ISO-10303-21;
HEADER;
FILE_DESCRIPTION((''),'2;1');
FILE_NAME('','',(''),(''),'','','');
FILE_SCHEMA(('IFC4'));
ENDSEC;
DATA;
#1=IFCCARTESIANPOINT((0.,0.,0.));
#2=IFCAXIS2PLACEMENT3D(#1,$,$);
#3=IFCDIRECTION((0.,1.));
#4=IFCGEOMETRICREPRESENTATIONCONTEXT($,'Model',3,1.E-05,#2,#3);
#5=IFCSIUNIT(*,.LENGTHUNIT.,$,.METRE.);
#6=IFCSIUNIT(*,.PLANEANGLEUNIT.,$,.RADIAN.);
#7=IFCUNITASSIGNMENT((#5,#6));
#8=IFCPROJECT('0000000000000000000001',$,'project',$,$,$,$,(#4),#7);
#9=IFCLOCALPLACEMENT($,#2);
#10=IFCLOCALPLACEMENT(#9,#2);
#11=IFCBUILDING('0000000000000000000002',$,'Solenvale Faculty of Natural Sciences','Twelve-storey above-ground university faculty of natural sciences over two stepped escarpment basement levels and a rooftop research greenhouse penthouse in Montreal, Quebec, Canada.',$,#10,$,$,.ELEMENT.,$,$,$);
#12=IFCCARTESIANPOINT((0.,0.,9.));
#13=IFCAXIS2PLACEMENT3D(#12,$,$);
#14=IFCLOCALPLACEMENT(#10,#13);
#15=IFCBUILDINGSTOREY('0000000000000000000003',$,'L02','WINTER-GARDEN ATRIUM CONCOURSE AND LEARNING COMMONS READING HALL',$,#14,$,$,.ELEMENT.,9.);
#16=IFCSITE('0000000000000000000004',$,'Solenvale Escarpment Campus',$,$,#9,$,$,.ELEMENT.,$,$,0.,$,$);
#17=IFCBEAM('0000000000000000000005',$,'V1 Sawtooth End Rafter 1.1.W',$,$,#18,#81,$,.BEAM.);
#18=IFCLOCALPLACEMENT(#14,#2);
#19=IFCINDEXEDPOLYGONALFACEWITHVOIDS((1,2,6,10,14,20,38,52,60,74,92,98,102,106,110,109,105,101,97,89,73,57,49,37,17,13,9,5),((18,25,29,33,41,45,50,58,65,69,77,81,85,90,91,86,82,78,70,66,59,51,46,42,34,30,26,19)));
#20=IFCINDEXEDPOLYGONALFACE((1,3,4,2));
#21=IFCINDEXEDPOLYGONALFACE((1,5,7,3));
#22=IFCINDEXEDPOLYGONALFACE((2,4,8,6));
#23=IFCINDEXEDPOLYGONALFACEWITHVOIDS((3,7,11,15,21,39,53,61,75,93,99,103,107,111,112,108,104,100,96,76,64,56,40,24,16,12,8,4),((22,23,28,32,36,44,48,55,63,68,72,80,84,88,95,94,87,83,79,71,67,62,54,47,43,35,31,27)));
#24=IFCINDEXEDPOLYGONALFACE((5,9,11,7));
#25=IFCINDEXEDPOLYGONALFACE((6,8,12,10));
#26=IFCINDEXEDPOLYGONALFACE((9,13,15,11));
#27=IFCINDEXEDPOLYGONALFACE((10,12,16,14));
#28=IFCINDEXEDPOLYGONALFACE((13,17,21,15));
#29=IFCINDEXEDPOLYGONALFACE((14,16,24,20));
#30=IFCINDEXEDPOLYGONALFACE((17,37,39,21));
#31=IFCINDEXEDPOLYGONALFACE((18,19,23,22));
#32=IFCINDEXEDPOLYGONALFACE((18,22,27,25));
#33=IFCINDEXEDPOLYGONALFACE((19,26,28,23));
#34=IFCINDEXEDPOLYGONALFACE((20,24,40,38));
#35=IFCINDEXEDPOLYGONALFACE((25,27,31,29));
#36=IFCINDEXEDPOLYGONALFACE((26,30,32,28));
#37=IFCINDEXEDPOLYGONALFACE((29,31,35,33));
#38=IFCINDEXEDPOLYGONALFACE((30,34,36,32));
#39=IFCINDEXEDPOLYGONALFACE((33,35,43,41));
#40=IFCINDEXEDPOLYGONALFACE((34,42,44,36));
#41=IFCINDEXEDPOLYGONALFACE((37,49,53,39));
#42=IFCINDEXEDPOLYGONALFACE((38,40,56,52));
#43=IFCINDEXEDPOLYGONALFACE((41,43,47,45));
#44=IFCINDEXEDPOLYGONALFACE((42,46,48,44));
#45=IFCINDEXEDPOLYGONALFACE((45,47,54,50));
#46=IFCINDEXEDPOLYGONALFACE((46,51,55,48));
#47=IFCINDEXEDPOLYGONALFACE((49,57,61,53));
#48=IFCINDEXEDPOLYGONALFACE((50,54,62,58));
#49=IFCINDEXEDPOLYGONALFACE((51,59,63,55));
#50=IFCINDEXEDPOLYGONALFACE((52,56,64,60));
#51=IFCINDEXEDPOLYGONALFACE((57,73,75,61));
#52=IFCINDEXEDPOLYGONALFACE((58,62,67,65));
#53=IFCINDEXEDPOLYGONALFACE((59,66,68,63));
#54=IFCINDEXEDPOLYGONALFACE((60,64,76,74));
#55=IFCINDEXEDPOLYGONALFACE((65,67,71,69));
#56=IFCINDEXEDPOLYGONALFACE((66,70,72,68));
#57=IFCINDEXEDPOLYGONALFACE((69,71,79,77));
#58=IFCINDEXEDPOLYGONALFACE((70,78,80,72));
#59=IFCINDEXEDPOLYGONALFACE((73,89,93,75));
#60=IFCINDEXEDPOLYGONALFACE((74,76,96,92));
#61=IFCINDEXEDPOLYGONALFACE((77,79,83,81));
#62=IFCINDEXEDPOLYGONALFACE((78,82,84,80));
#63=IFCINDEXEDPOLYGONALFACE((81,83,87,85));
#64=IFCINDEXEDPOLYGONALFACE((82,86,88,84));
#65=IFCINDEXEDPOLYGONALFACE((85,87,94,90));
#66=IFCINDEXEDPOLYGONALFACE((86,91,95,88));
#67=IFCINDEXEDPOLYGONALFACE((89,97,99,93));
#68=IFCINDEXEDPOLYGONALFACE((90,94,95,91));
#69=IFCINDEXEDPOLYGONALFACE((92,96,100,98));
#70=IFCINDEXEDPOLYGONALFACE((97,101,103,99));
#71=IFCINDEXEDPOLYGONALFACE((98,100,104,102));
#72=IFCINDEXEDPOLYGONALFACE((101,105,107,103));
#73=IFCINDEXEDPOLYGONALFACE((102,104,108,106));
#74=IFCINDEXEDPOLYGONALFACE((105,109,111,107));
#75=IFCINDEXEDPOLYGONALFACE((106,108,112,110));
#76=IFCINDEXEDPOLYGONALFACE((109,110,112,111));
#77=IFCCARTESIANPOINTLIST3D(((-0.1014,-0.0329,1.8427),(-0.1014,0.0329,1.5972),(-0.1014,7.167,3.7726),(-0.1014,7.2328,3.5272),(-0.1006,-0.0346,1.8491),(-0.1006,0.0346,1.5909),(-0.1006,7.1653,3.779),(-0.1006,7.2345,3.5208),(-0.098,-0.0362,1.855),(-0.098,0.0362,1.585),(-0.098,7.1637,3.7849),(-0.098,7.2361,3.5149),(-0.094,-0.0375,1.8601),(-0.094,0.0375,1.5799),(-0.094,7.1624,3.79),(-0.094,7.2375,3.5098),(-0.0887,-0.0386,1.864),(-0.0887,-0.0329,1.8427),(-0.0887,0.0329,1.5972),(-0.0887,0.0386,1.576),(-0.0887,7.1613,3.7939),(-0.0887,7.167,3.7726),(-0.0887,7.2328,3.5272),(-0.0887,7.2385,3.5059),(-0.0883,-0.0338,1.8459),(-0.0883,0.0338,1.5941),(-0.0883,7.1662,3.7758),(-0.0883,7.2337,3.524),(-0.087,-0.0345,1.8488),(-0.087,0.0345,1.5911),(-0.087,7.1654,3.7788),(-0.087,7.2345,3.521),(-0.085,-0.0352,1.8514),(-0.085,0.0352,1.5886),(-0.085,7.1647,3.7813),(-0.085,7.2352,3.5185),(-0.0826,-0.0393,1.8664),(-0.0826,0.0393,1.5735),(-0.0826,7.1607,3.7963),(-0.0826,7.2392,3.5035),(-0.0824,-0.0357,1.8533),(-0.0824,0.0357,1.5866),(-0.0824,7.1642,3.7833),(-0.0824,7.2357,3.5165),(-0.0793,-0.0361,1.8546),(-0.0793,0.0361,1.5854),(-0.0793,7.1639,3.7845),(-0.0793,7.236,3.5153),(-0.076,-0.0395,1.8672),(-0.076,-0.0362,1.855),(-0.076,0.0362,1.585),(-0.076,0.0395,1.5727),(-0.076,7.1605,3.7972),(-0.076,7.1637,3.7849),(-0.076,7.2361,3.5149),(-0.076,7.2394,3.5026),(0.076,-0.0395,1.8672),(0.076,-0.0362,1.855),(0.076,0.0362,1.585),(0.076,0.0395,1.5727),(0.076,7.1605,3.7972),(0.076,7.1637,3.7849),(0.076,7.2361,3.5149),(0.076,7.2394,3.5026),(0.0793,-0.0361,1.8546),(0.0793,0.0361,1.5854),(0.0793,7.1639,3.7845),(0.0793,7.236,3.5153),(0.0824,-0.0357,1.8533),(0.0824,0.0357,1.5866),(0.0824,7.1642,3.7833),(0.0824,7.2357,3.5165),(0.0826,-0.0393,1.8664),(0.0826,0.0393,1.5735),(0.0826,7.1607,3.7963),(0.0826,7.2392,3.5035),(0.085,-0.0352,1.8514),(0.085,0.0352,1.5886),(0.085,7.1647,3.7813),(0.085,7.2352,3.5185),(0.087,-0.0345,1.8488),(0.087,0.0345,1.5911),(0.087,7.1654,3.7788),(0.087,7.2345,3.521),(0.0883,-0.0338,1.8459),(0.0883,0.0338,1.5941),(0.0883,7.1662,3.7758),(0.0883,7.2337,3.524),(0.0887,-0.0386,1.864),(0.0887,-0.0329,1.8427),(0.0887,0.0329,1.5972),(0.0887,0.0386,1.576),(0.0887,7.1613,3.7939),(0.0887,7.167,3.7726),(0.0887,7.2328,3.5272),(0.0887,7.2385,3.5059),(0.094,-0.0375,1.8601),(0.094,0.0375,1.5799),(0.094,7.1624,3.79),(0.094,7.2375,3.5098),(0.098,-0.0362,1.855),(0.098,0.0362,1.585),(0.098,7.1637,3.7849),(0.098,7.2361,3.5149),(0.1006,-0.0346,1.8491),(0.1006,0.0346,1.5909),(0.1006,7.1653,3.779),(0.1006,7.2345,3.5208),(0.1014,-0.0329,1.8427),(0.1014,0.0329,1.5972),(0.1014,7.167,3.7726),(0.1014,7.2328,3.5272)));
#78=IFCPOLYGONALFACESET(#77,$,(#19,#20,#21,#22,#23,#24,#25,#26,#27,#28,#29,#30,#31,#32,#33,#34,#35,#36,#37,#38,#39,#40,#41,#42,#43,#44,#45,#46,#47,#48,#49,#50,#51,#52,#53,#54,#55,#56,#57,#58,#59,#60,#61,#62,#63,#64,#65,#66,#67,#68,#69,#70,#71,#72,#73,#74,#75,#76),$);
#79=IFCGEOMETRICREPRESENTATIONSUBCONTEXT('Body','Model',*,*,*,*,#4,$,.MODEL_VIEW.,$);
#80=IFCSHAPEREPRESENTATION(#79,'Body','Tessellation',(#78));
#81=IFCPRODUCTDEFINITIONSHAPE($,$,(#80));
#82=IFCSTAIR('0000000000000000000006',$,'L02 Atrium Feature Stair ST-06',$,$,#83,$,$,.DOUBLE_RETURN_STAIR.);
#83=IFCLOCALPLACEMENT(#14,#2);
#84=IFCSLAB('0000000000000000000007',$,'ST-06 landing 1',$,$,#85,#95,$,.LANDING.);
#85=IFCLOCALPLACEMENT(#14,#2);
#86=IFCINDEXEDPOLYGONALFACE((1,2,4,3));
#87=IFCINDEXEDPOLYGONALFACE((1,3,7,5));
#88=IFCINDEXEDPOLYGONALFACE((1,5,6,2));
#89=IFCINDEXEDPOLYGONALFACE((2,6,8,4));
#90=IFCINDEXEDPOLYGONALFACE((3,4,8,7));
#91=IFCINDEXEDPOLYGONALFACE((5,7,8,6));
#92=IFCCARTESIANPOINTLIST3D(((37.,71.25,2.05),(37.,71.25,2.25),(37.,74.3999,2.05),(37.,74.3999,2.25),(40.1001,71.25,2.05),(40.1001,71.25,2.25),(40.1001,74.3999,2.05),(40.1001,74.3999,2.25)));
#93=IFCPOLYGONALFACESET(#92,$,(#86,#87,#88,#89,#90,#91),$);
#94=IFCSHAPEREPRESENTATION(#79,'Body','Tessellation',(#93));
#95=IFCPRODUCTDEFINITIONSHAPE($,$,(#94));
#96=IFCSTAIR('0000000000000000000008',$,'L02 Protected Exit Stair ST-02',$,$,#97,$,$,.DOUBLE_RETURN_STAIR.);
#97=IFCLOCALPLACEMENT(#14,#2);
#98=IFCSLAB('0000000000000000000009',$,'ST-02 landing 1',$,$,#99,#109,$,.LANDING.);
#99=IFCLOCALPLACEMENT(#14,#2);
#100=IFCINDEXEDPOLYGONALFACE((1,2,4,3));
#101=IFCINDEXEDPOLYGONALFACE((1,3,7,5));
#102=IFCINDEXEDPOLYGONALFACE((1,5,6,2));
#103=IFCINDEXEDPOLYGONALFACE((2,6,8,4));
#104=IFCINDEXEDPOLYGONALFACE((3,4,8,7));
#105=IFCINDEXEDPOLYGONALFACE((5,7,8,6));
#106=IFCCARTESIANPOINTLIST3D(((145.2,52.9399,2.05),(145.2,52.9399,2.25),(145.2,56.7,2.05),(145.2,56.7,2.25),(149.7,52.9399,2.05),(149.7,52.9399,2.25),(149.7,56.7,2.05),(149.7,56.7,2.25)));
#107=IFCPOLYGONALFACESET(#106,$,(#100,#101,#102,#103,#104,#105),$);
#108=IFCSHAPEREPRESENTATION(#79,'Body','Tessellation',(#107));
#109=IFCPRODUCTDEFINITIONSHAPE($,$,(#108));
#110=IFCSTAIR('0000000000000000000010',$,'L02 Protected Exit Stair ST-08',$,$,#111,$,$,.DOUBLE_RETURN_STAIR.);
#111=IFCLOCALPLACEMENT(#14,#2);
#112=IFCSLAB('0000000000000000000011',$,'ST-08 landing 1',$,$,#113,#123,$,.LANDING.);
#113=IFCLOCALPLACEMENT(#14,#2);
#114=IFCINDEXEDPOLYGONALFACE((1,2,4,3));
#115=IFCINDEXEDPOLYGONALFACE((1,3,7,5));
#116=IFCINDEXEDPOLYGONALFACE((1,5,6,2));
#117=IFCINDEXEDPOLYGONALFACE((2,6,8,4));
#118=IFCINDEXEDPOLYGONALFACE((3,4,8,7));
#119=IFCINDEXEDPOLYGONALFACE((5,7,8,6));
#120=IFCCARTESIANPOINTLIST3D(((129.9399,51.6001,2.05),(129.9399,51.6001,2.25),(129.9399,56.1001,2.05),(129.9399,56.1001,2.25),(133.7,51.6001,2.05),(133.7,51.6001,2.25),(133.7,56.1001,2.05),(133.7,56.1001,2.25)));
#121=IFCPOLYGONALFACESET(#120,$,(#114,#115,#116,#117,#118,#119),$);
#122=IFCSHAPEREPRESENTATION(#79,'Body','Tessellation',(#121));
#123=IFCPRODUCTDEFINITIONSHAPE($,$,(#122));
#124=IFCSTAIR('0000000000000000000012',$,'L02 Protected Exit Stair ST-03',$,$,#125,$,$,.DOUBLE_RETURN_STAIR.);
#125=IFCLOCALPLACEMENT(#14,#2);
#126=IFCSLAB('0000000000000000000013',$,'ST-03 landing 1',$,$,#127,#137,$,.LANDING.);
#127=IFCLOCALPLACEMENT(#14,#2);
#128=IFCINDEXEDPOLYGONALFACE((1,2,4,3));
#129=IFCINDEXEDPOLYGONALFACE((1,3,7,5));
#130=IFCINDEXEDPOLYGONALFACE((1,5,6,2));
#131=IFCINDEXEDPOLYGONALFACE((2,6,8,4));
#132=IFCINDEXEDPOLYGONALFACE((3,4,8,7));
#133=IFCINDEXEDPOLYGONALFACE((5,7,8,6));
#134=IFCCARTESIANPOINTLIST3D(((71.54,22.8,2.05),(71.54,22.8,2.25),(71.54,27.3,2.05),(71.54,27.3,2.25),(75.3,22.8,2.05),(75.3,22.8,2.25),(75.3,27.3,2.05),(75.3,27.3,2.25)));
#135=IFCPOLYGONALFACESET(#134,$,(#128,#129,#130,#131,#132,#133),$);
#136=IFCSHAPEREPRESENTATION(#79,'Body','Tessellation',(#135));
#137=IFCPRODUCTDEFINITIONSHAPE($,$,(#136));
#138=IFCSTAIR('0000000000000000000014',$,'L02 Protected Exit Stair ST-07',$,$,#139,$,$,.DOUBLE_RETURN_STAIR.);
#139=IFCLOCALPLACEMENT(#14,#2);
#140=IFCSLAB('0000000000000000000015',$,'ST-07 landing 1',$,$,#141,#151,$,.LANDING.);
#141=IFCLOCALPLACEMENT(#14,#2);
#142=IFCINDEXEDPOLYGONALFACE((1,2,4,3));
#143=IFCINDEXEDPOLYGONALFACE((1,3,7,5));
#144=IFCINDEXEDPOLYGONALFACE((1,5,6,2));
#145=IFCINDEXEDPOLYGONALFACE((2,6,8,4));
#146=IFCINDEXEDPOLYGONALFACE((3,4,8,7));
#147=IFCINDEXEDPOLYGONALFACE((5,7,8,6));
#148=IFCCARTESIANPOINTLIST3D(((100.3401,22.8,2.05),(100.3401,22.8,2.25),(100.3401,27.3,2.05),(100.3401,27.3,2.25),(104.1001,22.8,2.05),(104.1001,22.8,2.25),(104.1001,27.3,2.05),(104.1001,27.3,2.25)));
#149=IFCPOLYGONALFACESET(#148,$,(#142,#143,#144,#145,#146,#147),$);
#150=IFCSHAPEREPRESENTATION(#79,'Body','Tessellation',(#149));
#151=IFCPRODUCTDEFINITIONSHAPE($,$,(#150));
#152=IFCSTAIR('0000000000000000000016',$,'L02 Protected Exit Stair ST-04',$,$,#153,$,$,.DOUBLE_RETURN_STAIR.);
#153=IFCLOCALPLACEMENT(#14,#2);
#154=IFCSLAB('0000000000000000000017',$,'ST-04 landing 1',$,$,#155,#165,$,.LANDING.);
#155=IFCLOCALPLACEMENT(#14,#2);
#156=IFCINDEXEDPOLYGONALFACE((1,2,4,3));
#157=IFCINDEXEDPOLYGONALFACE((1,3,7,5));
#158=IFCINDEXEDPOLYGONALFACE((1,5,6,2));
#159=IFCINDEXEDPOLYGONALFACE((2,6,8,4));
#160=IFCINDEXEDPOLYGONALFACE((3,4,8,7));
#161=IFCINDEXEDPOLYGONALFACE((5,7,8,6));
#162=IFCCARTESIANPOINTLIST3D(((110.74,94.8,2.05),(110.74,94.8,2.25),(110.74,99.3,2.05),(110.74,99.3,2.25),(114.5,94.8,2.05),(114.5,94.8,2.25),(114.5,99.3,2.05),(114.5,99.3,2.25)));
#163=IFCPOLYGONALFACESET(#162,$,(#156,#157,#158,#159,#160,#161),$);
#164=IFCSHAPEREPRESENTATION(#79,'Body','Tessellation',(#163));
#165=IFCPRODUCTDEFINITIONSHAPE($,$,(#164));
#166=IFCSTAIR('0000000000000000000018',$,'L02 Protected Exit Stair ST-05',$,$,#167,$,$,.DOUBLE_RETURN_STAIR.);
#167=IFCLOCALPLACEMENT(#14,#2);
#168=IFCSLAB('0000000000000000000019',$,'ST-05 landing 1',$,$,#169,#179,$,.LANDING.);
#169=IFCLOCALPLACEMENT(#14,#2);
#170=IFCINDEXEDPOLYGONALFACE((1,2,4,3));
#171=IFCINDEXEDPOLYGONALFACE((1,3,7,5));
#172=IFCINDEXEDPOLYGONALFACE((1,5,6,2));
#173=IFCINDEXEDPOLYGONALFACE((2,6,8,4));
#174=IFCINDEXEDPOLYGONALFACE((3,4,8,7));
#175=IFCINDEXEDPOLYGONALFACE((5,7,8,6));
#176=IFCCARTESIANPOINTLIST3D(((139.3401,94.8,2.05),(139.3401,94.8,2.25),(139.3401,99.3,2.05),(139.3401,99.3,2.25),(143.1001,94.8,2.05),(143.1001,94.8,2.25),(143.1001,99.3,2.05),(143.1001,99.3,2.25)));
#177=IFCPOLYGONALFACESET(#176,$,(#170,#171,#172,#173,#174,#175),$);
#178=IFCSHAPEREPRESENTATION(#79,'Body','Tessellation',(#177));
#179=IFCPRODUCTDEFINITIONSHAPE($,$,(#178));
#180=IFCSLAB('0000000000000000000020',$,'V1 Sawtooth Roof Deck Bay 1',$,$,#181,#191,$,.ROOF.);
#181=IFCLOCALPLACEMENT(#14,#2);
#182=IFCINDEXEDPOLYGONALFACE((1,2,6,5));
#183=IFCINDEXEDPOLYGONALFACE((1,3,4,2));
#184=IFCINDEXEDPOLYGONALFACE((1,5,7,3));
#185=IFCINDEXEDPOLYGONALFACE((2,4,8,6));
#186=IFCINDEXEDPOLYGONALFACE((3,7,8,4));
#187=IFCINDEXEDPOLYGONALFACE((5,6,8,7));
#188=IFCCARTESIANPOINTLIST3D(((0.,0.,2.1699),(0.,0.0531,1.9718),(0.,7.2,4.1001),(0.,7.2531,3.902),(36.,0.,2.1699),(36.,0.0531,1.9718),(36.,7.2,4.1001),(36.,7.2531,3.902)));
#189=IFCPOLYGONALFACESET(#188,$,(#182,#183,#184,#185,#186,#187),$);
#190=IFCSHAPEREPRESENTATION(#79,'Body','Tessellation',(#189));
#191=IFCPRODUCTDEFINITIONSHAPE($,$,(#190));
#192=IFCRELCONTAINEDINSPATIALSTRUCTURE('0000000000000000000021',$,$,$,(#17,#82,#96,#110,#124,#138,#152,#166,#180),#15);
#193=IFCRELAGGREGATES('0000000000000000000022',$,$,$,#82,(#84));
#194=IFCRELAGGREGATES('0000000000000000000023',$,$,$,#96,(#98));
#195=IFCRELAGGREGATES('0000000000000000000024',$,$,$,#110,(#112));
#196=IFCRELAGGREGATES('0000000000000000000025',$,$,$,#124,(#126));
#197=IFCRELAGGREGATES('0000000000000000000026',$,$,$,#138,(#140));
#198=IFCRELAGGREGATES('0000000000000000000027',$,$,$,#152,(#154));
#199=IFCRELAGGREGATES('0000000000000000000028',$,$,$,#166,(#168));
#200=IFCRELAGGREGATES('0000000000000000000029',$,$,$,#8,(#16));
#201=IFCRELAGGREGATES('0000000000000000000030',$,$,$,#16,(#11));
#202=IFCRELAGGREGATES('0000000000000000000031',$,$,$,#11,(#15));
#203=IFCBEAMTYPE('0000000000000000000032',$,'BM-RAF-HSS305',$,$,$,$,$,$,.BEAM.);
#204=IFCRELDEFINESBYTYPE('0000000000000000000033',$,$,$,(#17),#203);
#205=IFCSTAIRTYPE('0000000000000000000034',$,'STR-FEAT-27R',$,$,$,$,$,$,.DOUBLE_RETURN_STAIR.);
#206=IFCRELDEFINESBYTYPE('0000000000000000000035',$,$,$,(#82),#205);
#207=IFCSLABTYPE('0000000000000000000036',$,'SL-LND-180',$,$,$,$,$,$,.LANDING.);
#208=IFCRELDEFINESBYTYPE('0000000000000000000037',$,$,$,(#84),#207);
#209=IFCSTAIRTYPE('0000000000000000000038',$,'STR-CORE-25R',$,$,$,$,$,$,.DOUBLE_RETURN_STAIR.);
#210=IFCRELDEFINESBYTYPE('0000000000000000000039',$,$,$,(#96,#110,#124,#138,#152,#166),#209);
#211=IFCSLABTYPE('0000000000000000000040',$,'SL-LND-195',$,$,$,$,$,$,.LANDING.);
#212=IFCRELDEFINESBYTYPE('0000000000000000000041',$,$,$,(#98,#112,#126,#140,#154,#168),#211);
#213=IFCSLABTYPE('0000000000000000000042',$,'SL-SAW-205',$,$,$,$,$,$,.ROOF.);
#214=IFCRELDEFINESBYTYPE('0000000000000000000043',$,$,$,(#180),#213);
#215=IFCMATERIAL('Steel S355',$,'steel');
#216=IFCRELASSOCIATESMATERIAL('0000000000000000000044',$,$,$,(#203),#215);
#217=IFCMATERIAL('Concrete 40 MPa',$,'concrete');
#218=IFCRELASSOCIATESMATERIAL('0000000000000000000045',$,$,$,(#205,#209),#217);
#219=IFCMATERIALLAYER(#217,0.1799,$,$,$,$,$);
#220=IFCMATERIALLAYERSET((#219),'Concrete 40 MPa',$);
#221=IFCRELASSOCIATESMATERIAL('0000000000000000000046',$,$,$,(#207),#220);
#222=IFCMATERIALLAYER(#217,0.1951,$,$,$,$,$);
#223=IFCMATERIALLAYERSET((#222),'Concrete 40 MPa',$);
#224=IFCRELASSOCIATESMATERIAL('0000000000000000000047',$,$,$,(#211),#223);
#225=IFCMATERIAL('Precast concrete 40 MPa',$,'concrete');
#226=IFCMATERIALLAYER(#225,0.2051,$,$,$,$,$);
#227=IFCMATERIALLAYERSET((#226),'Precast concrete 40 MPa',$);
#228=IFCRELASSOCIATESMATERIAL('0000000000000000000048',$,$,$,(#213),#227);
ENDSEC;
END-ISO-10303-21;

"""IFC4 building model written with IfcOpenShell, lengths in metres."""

from ifc_helpers import new_model, si_unit, direction, frame, origin, origin_2d, place, context, subcontext, project, spatial, polyline, hollow_rectangle, outline, extrude, material, layer, layer_set, material_profile, profile_set, type_object, element, aggregate, save


model = new_model("IFC4")

# Units and contexts
model_context = context("Model", 3, precision=1e-05, world=origin(), true_north=direction((0.0, 1.0)))
body_context = subcontext(model_context, "Body", "Model", "MODEL_VIEW")
ifc_project = project(units=[si_unit("LENGTHUNIT", "METRE"), si_unit("PLANEANGLEUNIT", "RADIAN")], contexts=[model_context])

# Site, building, storey
site_placement = place(None, origin())
site = spatial("IfcSite", under=ifc_project, at=site_placement, Name="Solenvale Escarpment Campus", CompositionType="ELEMENT", RefElevation=0.0)
building_placement = place(site_placement, origin())
building = spatial("IfcBuilding", under=site, at=building_placement, Name="Solenvale Faculty of Natural Sciences", Description="Twelve-storey above-ground university faculty of natural sciences over two stepped escarpment basement levels and a rooftop research greenhouse penthouse in Montreal, Quebec, Canada.", CompositionType="ELEMENT")
storey_placement = place(building_placement, frame((0.0, 0.0, 9.0)))
storey = spatial("IfcBuildingStorey", under=building, at=storey_placement, Name="L02", Description="WINTER-GARDEN ATRIUM CONCOURSE AND LEARNING COMMONS READING HALL", CompositionType="ELEMENT", Elevation=9.0)

# Beam
ifc_material_1 = material(Name="Steel S355", Category="steel")
ifc_material_profile = material_profile(ifc_material_1, hollow_rectangle(XDim=0.2029, YDim=0.3049, WallThickness=0.0127, InnerFilletRadius=0.0127, OuterFilletRadius=0.0254, at=origin_2d()), Name="HSS305x203x13")
ifc_profile_set = profile_set([ifc_material_profile], Name="Steel S355")
beam_type = type_object("IfcBeamType", Name="BM-RAF-HSS305", PredefinedType="BEAM", material=ifc_profile_set)
beam_placement = place(storey_placement, frame((0.0, 0.0, 1.72), z_axis=(0.0, 0.965902, 0.258908), x_axis=(-1.0, 0.0, 0.0)))
element("IfcBeam", 1, at=beam_placement, inside=storey, type_object=beam_type, Name="V1 Sawtooth End Rafter 1.1.W", PredefinedType="BEAM", context=body_context, shape_type="SweptSolid", body=[
    extrude(hollow_rectangle(XDim=0.2029, YDim=0.3049, WallThickness=0.0127, InnerFilletRadius=0.0127, OuterFilletRadius=0.0254, at=origin_2d()), origin(), (0.0, 0.0, 1.0), 7.4541),
])

# Stairs, slabs
ifc_material_2 = material(Name="Concrete 40 MPa", Category="concrete")
stair_type_1 = type_object("IfcStairType", Name="STR-FEAT-27R", PredefinedType="DOUBLE_RETURN_STAIR", material=ifc_material_2)
stair_1_placement = place(storey_placement, origin())
stair_1 = element("IfcStair", 2, at=stair_1_placement, inside=storey, type_object=stair_type_1, Name="L02 Atrium Feature Stair ST-06", PredefinedType="DOUBLE_RETURN_STAIR")
ifc_layer_1 = layer(ifc_material_2, 0.1799)
ifc_layer_set_1 = layer_set([ifc_layer_1], Name="Concrete 40 MPa")
slab_type_1 = type_object("IfcSlabType", Name="SL-LND-180", PredefinedType="LANDING", material=ifc_layer_set_1)
slab_1_placement = place(storey_placement, frame((0.0, 0.0, 2.05)))
slab_1 = element("IfcSlab", 3, at=slab_1_placement, type_object=slab_type_1, Name="ST-06 landing 1", PredefinedType="LANDING", context=body_context, shape_type="SweptSolid", body=[
    extrude(outline(polyline([(40.1001, 71.25), (40.1001, 74.3999), (37.0, 74.3999), (37.0, 71.25), (40.1001, 71.25)])), origin(), (0.0, 0.0, 1.0), 0.2),
])
aggregate(stair_1, [slab_1])
stair_type_2 = type_object("IfcStairType", Name="STR-CORE-25R", PredefinedType="DOUBLE_RETURN_STAIR", material=ifc_material_2)
stair_2_placement = place(storey_placement, origin())
stair_2 = element("IfcStair", 4, at=stair_2_placement, inside=storey, type_object=stair_type_2, Name="L02 Protected Exit Stair ST-02", PredefinedType="DOUBLE_RETURN_STAIR")
ifc_layer_2 = layer(ifc_material_2, 0.1951)
ifc_layer_set_2 = layer_set([ifc_layer_2], Name="Concrete 40 MPa")
slab_type_2 = type_object("IfcSlabType", Name="SL-LND-195", PredefinedType="LANDING", material=ifc_layer_set_2)
slab_2_placement = place(storey_placement, frame((0.0, 0.0, 2.05)))
slab_2 = element("IfcSlab", 5, at=slab_2_placement, type_object=slab_type_2, Name="ST-02 landing 1", PredefinedType="LANDING", context=body_context, shape_type="SweptSolid", body=[
    extrude(outline(polyline([(149.7, 52.9399), (149.7, 56.7), (145.2, 56.7), (145.2, 52.9399), (149.7, 52.9399)])), origin(), (0.0, 0.0, 1.0), 0.2),
])
aggregate(stair_2, [slab_2])
stair_3_placement = place(storey_placement, origin())
stair_3 = element("IfcStair", 6, at=stair_3_placement, inside=storey, type_object=stair_type_2, Name="L02 Protected Exit Stair ST-08", PredefinedType="DOUBLE_RETURN_STAIR")
slab_3_placement = place(storey_placement, frame((0.0, 0.0, 2.05)))
slab_3 = element("IfcSlab", 7, at=slab_3_placement, type_object=slab_type_2, Name="ST-08 landing 1", PredefinedType="LANDING", context=body_context, shape_type="SweptSolid", body=[
    extrude(outline(polyline([(129.9399, 51.6001), (133.7, 51.6001), (133.7, 56.1001), (129.9399, 56.1001), (129.9399, 51.6001)])), origin(), (0.0, 0.0, 1.0), 0.2),
])
aggregate(stair_3, [slab_3])
stair_4_placement = place(storey_placement, origin())
stair_4 = element("IfcStair", 8, at=stair_4_placement, inside=storey, type_object=stair_type_2, Name="L02 Protected Exit Stair ST-03", PredefinedType="DOUBLE_RETURN_STAIR")
slab_4_placement = place(storey_placement, frame((0.0, 0.0, 2.05)))
slab_4 = element("IfcSlab", 9, at=slab_4_placement, type_object=slab_type_2, Name="ST-03 landing 1", PredefinedType="LANDING", context=body_context, shape_type="SweptSolid", body=[
    extrude(outline(polyline([(71.54, 22.8), (75.3, 22.8), (75.3, 27.3), (71.54, 27.3), (71.54, 22.8)])), origin(), (0.0, 0.0, 1.0), 0.2),
])
aggregate(stair_4, [slab_4])
stair_5_placement = place(storey_placement, origin())
stair_5 = element("IfcStair", 10, at=stair_5_placement, inside=storey, type_object=stair_type_2, Name="L02 Protected Exit Stair ST-07", PredefinedType="DOUBLE_RETURN_STAIR")
slab_5_placement = place(storey_placement, frame((0.0, 0.0, 2.05)))
slab_5 = element("IfcSlab", 11, at=slab_5_placement, type_object=slab_type_2, Name="ST-07 landing 1", PredefinedType="LANDING", context=body_context, shape_type="SweptSolid", body=[
    extrude(outline(polyline([(100.3401, 22.8), (104.1001, 22.8), (104.1001, 27.3), (100.3401, 27.3), (100.3401, 22.8)])), origin(), (0.0, 0.0, 1.0), 0.2),
])
aggregate(stair_5, [slab_5])
stair_6_placement = place(storey_placement, origin())
stair_6 = element("IfcStair", 12, at=stair_6_placement, inside=storey, type_object=stair_type_2, Name="L02 Protected Exit Stair ST-04", PredefinedType="DOUBLE_RETURN_STAIR")
slab_6_placement = place(storey_placement, frame((0.0, 0.0, 2.05)))
slab_6 = element("IfcSlab", 13, at=slab_6_placement, type_object=slab_type_2, Name="ST-04 landing 1", PredefinedType="LANDING", context=body_context, shape_type="SweptSolid", body=[
    extrude(outline(polyline([(110.74, 94.8), (114.5, 94.8), (114.5, 99.3), (110.74, 99.3), (110.74, 94.8)])), origin(), (0.0, 0.0, 1.0), 0.2),
])
aggregate(stair_6, [slab_6])
stair_7_placement = place(storey_placement, origin())
stair_7 = element("IfcStair", 14, at=stair_7_placement, inside=storey, type_object=stair_type_2, Name="L02 Protected Exit Stair ST-05", PredefinedType="DOUBLE_RETURN_STAIR")
slab_7_placement = place(storey_placement, frame((0.0, 0.0, 2.05)))
slab_7 = element("IfcSlab", 15, at=slab_7_placement, type_object=slab_type_2, Name="ST-05 landing 1", PredefinedType="LANDING", context=body_context, shape_type="SweptSolid", body=[
    extrude(outline(polyline([(139.3401, 94.8), (143.1001, 94.8), (143.1001, 99.3), (139.3401, 99.3), (139.3401, 94.8)])), origin(), (0.0, 0.0, 1.0), 0.2),
])
aggregate(stair_7, [slab_7])

# Slab
ifc_material_3 = material(Name="Precast concrete 40 MPa", Category="concrete")
ifc_layer_3 = layer(ifc_material_3, 0.2051)
ifc_layer_set_3 = layer_set([ifc_layer_3], Name="Precast concrete 40 MPa")
slab_type_3 = type_object("IfcSlabType", Name="SL-SAW-205", PredefinedType="ROOF", material=ifc_layer_set_3)
slab_8_placement = place(storey_placement, frame((0.0, 0.0, 2.1699), z_axis=(0.0, -0.258939, 0.965894), x_axis=(1.0, 0.0, 0.0)))
element("IfcSlab", 16, at=slab_8_placement, inside=storey, type_object=slab_type_3, Name="V1 Sawtooth Roof Deck Bay 1", PredefinedType="ROOF", context=body_context, shape_type="SweptSolid", body=[
    extrude(outline(polyline([(0.0, 0.0), (36.0, 0.0), (36.0, 7.4542), (0.0, 7.4542), (0.0, 0.0)])), origin(), (0.0, 0.0, -1.0), 0.2051),
])

save(model, "model.ifc")
